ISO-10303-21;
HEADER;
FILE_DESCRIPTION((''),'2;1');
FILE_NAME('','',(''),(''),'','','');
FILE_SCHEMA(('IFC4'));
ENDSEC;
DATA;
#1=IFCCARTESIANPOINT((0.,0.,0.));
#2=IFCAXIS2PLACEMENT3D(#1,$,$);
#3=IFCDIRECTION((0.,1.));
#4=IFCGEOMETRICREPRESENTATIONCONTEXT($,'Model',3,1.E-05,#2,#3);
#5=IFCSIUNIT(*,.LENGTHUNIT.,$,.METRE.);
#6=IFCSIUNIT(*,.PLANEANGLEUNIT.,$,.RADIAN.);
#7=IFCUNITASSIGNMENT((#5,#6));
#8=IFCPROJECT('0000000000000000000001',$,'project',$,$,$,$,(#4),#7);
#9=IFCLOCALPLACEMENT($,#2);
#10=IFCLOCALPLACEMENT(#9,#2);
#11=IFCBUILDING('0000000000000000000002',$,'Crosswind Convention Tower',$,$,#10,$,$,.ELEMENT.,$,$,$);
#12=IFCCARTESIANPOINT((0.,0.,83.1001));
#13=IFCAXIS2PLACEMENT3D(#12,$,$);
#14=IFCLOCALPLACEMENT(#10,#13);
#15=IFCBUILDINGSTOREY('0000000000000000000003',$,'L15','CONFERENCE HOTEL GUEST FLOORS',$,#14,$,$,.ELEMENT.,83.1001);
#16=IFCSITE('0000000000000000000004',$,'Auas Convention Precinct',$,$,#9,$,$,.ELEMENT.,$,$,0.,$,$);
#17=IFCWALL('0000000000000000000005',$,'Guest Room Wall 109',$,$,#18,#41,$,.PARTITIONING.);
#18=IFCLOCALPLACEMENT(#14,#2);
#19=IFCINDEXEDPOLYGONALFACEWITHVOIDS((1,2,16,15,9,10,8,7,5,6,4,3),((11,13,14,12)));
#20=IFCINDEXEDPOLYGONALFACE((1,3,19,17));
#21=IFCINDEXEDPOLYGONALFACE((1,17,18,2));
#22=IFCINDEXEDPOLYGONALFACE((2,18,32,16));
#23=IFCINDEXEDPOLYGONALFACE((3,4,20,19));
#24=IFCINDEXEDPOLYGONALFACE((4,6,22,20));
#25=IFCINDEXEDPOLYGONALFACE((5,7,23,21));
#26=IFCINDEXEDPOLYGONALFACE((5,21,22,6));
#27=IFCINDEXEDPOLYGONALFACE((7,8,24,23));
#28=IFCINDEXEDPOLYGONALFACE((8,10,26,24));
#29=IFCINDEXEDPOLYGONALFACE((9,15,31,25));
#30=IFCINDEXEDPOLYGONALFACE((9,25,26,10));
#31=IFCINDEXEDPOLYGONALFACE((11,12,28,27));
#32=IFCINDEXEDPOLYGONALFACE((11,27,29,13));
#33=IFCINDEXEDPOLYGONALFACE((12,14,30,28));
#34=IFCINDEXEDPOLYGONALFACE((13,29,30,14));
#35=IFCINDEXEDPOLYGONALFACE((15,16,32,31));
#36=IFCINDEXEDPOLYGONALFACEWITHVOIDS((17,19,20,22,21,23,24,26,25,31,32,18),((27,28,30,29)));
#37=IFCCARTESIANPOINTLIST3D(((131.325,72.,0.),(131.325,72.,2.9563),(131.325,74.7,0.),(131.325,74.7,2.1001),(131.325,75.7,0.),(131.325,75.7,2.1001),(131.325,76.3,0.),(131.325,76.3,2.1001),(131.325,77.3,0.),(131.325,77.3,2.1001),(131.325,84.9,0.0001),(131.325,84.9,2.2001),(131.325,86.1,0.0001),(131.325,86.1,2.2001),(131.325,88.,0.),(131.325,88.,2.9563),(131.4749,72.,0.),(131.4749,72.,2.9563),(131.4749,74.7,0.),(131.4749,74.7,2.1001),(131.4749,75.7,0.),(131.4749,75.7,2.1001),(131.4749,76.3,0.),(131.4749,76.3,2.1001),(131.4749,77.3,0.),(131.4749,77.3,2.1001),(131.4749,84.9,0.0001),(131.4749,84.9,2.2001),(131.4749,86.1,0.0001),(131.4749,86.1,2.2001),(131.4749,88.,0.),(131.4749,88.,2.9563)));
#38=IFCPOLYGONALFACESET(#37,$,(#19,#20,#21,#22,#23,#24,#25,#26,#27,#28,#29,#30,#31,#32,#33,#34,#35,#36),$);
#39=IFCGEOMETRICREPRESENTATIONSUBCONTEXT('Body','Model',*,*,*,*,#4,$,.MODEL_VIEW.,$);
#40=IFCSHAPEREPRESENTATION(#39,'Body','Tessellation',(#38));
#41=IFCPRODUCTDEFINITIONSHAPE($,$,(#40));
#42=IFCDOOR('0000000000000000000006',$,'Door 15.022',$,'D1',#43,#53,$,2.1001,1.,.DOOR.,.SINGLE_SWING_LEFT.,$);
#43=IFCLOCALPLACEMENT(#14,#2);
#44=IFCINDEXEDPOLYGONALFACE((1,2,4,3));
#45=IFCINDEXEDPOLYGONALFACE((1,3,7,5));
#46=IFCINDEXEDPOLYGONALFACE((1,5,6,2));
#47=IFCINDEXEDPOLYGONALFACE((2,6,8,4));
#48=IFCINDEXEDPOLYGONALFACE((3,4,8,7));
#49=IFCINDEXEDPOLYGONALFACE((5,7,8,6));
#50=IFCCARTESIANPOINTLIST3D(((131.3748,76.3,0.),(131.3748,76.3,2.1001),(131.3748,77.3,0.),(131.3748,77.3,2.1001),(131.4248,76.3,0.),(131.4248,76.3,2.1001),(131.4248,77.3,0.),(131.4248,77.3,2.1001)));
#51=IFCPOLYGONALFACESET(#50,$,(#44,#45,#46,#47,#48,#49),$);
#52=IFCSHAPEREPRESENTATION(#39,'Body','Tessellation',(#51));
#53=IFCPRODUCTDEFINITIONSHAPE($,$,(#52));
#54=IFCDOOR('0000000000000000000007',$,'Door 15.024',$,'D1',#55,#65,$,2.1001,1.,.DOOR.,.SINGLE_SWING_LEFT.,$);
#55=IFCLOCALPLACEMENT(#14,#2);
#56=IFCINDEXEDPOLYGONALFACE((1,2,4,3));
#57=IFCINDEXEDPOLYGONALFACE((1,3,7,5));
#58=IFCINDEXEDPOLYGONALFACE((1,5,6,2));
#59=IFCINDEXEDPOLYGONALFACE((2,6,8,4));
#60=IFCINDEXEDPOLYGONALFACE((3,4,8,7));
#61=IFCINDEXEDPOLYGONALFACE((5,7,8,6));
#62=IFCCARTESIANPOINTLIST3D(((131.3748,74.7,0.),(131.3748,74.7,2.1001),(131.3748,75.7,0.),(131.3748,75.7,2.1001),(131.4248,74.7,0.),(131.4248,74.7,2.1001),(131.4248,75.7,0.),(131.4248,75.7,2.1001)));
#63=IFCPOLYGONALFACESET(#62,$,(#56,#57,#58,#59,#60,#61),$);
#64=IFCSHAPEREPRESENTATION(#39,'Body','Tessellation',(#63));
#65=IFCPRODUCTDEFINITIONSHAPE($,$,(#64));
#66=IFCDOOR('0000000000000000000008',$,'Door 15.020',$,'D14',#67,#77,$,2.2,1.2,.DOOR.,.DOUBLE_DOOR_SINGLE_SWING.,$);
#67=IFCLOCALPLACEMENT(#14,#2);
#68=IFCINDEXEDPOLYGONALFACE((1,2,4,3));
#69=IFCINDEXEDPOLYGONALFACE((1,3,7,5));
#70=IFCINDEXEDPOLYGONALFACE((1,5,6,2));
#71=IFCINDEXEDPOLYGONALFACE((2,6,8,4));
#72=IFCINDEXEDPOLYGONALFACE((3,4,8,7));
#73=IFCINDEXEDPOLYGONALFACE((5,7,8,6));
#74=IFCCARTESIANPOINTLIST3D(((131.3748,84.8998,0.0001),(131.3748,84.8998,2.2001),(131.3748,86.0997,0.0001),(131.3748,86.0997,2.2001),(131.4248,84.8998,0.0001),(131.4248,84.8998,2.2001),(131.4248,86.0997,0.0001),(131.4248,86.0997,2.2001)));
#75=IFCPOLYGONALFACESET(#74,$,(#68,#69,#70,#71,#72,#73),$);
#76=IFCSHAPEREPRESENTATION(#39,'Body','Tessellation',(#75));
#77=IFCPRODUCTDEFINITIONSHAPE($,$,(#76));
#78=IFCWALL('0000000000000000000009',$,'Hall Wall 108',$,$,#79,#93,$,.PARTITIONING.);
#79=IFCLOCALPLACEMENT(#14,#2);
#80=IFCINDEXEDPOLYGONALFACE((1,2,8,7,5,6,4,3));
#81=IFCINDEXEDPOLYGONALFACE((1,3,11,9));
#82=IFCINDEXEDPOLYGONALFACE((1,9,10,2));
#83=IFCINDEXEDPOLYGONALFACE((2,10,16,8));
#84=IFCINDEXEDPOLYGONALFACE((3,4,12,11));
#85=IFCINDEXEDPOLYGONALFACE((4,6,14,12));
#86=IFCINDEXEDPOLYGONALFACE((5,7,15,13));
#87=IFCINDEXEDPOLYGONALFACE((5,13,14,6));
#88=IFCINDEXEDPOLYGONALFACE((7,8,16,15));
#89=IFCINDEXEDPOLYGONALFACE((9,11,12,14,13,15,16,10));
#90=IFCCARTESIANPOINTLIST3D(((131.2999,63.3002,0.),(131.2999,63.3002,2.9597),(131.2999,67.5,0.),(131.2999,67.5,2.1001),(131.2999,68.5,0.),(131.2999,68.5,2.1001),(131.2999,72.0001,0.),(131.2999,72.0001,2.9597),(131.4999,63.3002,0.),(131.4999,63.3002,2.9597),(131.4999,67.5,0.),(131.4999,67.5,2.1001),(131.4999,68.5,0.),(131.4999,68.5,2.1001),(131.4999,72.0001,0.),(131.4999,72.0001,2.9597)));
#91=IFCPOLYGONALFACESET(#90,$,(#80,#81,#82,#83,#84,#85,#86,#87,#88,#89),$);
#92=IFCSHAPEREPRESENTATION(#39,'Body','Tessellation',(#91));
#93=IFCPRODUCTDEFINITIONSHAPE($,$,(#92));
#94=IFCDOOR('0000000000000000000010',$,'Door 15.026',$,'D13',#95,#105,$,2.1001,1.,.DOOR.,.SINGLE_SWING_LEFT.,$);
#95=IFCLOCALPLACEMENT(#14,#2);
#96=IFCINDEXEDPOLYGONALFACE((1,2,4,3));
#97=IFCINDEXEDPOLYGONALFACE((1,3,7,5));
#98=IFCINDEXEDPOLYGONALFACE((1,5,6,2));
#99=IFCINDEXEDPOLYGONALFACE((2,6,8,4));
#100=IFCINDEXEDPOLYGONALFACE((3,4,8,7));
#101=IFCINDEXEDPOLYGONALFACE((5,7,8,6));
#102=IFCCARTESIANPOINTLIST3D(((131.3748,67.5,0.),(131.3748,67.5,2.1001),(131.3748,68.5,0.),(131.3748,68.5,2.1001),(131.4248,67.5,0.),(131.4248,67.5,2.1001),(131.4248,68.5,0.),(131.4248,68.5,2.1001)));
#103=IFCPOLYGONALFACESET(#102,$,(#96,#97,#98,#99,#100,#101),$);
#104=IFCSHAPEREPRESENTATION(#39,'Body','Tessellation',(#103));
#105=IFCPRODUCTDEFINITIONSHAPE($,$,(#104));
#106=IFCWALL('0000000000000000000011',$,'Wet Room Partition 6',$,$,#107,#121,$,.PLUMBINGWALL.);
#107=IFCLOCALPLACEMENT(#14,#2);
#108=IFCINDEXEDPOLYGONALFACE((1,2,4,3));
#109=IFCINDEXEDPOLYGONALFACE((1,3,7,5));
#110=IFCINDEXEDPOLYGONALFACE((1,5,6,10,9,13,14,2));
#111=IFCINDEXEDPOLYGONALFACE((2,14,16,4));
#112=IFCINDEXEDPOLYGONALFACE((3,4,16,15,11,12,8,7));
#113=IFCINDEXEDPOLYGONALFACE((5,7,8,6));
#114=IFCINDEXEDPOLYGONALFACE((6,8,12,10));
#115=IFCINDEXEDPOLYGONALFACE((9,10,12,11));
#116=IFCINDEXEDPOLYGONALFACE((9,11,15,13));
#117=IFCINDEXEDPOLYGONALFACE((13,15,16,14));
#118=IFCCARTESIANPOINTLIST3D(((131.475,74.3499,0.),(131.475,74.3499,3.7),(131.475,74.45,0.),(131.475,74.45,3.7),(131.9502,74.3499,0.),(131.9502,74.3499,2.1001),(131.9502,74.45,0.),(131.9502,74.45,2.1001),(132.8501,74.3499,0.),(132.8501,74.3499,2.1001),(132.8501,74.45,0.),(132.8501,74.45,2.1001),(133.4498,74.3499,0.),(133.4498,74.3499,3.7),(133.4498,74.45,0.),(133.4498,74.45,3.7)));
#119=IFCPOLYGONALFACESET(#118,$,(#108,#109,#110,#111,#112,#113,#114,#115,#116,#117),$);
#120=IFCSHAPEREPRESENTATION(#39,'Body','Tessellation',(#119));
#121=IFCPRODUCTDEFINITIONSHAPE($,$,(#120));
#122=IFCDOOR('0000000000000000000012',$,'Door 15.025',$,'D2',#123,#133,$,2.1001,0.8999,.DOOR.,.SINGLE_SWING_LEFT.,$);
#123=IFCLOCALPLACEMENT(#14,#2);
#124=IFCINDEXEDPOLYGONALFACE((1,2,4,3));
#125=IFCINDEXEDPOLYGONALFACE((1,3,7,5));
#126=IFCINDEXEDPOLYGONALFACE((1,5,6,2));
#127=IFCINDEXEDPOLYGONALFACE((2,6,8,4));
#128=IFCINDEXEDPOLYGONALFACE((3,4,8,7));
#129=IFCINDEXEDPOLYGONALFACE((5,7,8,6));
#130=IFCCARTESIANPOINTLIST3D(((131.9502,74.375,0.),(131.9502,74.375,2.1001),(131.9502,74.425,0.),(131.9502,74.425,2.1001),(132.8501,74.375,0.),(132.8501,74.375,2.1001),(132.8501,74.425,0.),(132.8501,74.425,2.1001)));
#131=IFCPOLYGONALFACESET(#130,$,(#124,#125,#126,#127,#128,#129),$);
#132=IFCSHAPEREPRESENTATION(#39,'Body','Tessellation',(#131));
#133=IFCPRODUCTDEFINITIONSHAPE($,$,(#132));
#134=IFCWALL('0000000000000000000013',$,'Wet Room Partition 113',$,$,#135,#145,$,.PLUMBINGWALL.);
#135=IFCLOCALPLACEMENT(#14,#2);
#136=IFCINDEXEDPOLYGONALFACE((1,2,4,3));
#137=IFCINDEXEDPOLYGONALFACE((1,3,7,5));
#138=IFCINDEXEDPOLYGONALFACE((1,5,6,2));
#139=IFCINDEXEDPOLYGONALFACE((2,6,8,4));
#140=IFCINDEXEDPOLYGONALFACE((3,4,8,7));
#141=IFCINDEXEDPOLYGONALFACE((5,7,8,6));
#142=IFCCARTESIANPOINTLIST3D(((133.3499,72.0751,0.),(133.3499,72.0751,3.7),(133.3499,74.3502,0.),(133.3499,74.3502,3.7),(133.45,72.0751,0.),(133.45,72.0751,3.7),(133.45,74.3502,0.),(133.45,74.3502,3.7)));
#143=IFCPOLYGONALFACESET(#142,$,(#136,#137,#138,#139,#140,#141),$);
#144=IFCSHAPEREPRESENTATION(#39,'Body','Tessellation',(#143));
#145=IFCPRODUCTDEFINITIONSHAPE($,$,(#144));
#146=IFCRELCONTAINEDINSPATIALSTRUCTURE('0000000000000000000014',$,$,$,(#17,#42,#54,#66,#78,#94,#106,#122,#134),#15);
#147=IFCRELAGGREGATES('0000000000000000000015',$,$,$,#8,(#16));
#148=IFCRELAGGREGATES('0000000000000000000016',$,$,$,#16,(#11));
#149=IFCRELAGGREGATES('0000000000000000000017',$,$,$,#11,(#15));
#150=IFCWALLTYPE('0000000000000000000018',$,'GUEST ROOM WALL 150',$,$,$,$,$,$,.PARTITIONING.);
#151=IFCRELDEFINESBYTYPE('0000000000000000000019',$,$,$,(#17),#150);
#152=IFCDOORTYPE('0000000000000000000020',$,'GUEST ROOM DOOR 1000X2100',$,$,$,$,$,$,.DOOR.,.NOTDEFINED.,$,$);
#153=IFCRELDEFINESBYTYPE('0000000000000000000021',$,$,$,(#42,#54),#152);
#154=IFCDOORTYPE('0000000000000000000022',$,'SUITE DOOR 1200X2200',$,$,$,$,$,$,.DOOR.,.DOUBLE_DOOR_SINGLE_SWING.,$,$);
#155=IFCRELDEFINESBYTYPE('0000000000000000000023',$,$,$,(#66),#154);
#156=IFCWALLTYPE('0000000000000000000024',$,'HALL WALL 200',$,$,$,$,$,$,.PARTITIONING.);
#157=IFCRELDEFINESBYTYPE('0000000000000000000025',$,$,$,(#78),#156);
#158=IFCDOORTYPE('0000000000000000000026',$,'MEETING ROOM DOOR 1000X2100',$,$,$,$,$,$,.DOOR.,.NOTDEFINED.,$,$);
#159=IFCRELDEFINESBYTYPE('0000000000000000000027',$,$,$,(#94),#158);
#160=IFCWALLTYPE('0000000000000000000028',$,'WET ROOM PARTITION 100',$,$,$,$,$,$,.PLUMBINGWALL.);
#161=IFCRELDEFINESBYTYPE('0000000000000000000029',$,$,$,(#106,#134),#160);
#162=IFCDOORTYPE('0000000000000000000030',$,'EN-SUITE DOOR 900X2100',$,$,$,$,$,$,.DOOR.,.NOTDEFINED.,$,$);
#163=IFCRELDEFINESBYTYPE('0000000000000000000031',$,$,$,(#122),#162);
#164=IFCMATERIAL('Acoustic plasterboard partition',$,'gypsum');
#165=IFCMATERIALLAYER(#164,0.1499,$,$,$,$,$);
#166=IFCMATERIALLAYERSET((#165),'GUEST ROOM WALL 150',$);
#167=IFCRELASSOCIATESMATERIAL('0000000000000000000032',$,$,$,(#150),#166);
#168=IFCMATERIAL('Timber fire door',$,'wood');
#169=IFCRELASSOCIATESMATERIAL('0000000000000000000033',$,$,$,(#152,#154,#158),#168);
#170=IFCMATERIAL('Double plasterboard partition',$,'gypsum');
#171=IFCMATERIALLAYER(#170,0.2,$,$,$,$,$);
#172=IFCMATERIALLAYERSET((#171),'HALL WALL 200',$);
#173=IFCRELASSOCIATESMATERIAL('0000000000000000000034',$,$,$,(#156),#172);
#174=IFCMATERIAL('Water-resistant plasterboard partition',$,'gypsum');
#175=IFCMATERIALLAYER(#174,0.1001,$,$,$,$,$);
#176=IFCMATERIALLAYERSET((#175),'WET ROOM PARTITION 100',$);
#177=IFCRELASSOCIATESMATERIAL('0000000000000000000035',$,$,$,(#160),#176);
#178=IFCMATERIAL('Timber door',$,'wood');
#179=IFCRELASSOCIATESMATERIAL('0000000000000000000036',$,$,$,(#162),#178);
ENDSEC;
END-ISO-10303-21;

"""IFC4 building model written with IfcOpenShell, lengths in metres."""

from ifc_helpers import new_model, si_unit, direction, frame, frame_2d, origin, place, context, subcontext, project, spatial, rectangle, extrude, material, layer, layer_set, type_object, element, fill, save


model = new_model("IFC4")

# Units and contexts
model_context = context("Model", 3, precision=1e-05, world=origin(), true_north=direction((0.0, 1.0)))
body_context = subcontext(model_context, "Body", "Model", "MODEL_VIEW")
ifc_project = project(units=[si_unit("LENGTHUNIT", "METRE"), si_unit("PLANEANGLEUNIT", "RADIAN")], contexts=[model_context])

# Site, building, storey
site_placement = place(None, origin())
site = spatial("IfcSite", under=ifc_project, at=site_placement, Name="Auas Convention Precinct", CompositionType="ELEMENT", RefElevation=0.0)
building_placement = place(site_placement, origin())
building = spatial("IfcBuilding", under=site, at=building_placement, Name="Crosswind Convention Tower", CompositionType="ELEMENT")
storey_placement = place(building_placement, frame((0.0, 0.0, 83.1001)))
storey = spatial("IfcBuildingStorey", under=building, at=storey_placement, Name="L15", Description="CONFERENCE HOTEL GUEST FLOORS", CompositionType="ELEMENT", Elevation=83.1001)

# Shared definitions
ifc_material_1 = material(Name="Acoustic plasterboard partition", Category="gypsum")
ifc_layer_1 = layer(ifc_material_1, 0.1499)
ifc_layer_set_1 = layer_set([ifc_layer_1], Name="GUEST ROOM WALL 150")
wall_type_1 = type_object("IfcWallType", Name="GUEST ROOM WALL 150", PredefinedType="PARTITIONING", material=ifc_layer_set_1)

# Wall, openings, doors
wall_1_placement = place(storey_placement, frame((131.3999, 72.0, 0.0), z_axis=(0.0, 0.0, 1.0), x_axis=(0.0, 1.0, 0.0)))
wall_1 = element("IfcWall", 1, at=wall_1_placement, inside=storey, type_object=wall_type_1, Name="Guest Room Wall 109", PredefinedType="PARTITIONING", context=body_context, shape_type="SweptSolid", body=[
    extrude(rectangle(XDim=16.0, YDim=0.1499, at=frame_2d((8.0, 0.0))), origin(), (0.0, 0.0, 1.0), 2.9563),
])
opening_1_placement = place(wall_1_placement, frame((12.8999, 0.0, 0.0)))
opening_1 = element("IfcOpeningElement", 2, at=opening_1_placement, cuts=wall_1, PredefinedType="OPENING", context=body_context, shape_type="SweptSolid", body=[
    extrude(rectangle(XDim=1.2, YDim=2.2, at=frame_2d((0.6001, 1.1001))), frame((0.0, 0.085, 0.0), z_axis=(0.0, -1.0, 0.0), x_axis=(1.0, 0.0, 0.0)), (0.0, 0.0, 1.0), 0.1699),
])
opening_2_placement = place(wall_1_placement, frame((4.3, 0.0, 0.0)))
opening_2 = element("IfcOpeningElement", 3, at=opening_2_placement, cuts=wall_1, PredefinedType="OPENING", context=body_context, shape_type="SweptSolid", body=[
    extrude(rectangle(XDim=1.0, YDim=2.1001, at=frame_2d((0.5, 1.05))), frame((0.0, 0.085, 0.0), z_axis=(0.0, -1.0, 0.0), x_axis=(1.0, 0.0, 0.0)), (0.0, 0.0, 1.0), 0.1699),
])
opening_3_placement = place(wall_1_placement, frame((2.7, 0.0, 0.0)))
opening_3 = element("IfcOpeningElement", 4, at=opening_3_placement, cuts=wall_1, PredefinedType="OPENING", context=body_context, shape_type="SweptSolid", body=[
    extrude(rectangle(XDim=1.0, YDim=2.1001, at=frame_2d((0.5, 1.05))), frame((0.0, 0.085, 0.0), z_axis=(0.0, -1.0, 0.0), x_axis=(1.0, 0.0, 0.0)), (0.0, 0.0, 1.0), 0.1699),
])
ifc_material_2 = material(Name="Timber fire door", Category="wood")
door_type_1 = type_object("IfcDoorType", Name="GUEST ROOM DOOR 1000X2100", OperationType="NOTDEFINED", PredefinedType="DOOR", material=ifc_material_2)
door_1_placement = place(opening_2_placement, frame((1.0, 0.0, 0.0), z_axis=(0.0, 0.0, 1.0), x_axis=(-1.0, 0.0, 0.0)))
door_1 = element("IfcDoor", 5, at=door_1_placement, inside=storey, type_object=door_type_1, Name="Door 15.022", ObjectType="D1", OperationType="SINGLE_SWING_LEFT", OverallHeight=2.1001, OverallWidth=1.0, PredefinedType="DOOR", context=body_context, shape_type="SweptSolid", body=[
    extrude(rectangle(XDim=1.0, YDim=2.1001, at=frame_2d((0.5, 1.05))), frame((0.0, 0.0249, 0.0), z_axis=(0.0, -1.0, 0.0), x_axis=(1.0, 0.0, 0.0)), (0.0, 0.0, 1.0), 0.05),
])
fill(opening_2, door_1)
door_2_placement = place(opening_3_placement, frame((1.0, 0.0, 0.0), z_axis=(0.0, 0.0, 1.0), x_axis=(-1.0, 0.0, 0.0)))
door_2 = element("IfcDoor", 6, at=door_2_placement, inside=storey, type_object=door_type_1, Name="Door 15.024", ObjectType="D1", OperationType="SINGLE_SWING_LEFT", OverallHeight=2.1001, OverallWidth=1.0, PredefinedType="DOOR", context=body_context, shape_type="SweptSolid", body=[
    extrude(rectangle(XDim=1.0, YDim=2.1001, at=frame_2d((0.5, 1.05))), frame((0.0, 0.0249, 0.0), z_axis=(0.0, -1.0, 0.0), x_axis=(1.0, 0.0, 0.0)), (0.0, 0.0, 1.0), 0.05),
])
fill(opening_3, door_2)
door_type_2 = type_object("IfcDoorType", Name="SUITE DOOR 1200X2200", OperationType="DOUBLE_DOOR_SINGLE_SWING", PredefinedType="DOOR", material=ifc_material_2)
door_3_placement = place(opening_1_placement, frame((1.2, 0.0, 0.0), z_axis=(0.0, 0.0, 1.0), x_axis=(-1.0, 0.0, 0.0)))
door_3 = element("IfcDoor", 7, at=door_3_placement, inside=storey, type_object=door_type_2, Name="Door 15.020", ObjectType="D14", OperationType="DOUBLE_DOOR_SINGLE_SWING", OverallHeight=2.2, OverallWidth=1.2, PredefinedType="DOOR", context=body_context, shape_type="SweptSolid", body=[
    extrude(rectangle(XDim=1.2, YDim=2.2, at=frame_2d((0.6001, 1.1001))), frame((0.0, 0.0249, 0.0), z_axis=(0.0, -1.0, 0.0), x_axis=(1.0, 0.0, 0.0)), (0.0, 0.0, 1.0), 0.05),
])
fill(opening_1, door_3)

# Walls, openings, doors
ifc_material_3 = material(Name="Double plasterboard partition", Category="gypsum")
ifc_layer_2 = layer(ifc_material_3, 0.2)
ifc_layer_set_2 = layer_set([ifc_layer_2], Name="HALL WALL 200")
wall_type_2 = type_object("IfcWallType", Name="HALL WALL 200", PredefinedType="PARTITIONING", material=ifc_layer_set_2)
wall_2_placement = place(storey_placement, frame((131.3999, 63.3, 0.0), z_axis=(0.0, 0.0, 1.0), x_axis=(0.0, 1.0, 0.0)))
wall_2 = element("IfcWall", 8, at=wall_2_placement, inside=storey, type_object=wall_type_2, Name="Hall Wall 108", PredefinedType="PARTITIONING", context=body_context, shape_type="SweptSolid", body=[
    extrude(rectangle(XDim=8.7, YDim=0.2, at=frame_2d((4.3501, 0.0))), origin(), (0.0, 0.0, 1.0), 2.9597),
])
opening_4_placement = place(wall_2_placement, frame((4.2, 0.0, 0.0)))
opening_4 = element("IfcOpeningElement", 9, at=opening_4_placement, cuts=wall_2, PredefinedType="OPENING", context=body_context, shape_type="SweptSolid", body=[
    extrude(rectangle(XDim=1.0, YDim=2.1001, at=frame_2d((0.5, 1.05))), frame((0.0, 0.1099, 0.0), z_axis=(0.0, -1.0, 0.0), x_axis=(1.0, 0.0, 0.0)), (0.0, 0.0, 1.0), 0.22),
])
door_type_3 = type_object("IfcDoorType", Name="MEETING ROOM DOOR 1000X2100", OperationType="NOTDEFINED", PredefinedType="DOOR", material=ifc_material_2)
door_4_placement = place(opening_4_placement, frame((1.0, 0.0, 0.0), z_axis=(0.0, 0.0, 1.0), x_axis=(-1.0, 0.0, 0.0)))
door_4 = element("IfcDoor", 10, at=door_4_placement, inside=storey, type_object=door_type_3, Name="Door 15.026", ObjectType="D13", OperationType="SINGLE_SWING_LEFT", OverallHeight=2.1001, OverallWidth=1.0, PredefinedType="DOOR", context=body_context, shape_type="SweptSolid", body=[
    extrude(rectangle(XDim=1.0, YDim=2.1001, at=frame_2d((0.5, 1.05))), frame((0.0, 0.0249, 0.0), z_axis=(0.0, -1.0, 0.0), x_axis=(1.0, 0.0, 0.0)), (0.0, 0.0, 1.0), 0.05),
])
fill(opening_4, door_4)
ifc_material_4 = material(Name="Water-resistant plasterboard partition", Category="gypsum")
ifc_layer_3 = layer(ifc_material_4, 0.1001)
ifc_layer_set_3 = layer_set([ifc_layer_3], Name="WET ROOM PARTITION 100")
wall_type_3 = type_object("IfcWallType", Name="WET ROOM PARTITION 100", PredefinedType="PLUMBINGWALL", material=ifc_layer_set_3)
wall_3_placement = place(storey_placement, frame((131.4751, 74.3999, 0.0), z_axis=(0.0, 0.0, 1.0), x_axis=(1.0, 0.0, 0.0)))
wall_3 = element("IfcWall", 11, at=wall_3_placement, inside=storey, type_object=wall_type_3, Name="Wet Room Partition 6", PredefinedType="PLUMBINGWALL", context=body_context, shape_type="SweptSolid", body=[
    extrude(rectangle(XDim=1.9749, YDim=0.1001, at=frame_2d((0.9873, 0.0))), origin(), (0.0, 0.0, 1.0), 3.7),
])
opening_5_placement = place(wall_3_placement, frame((0.4751, 0.0, 0.0)))
opening_5 = element("IfcOpeningElement", 12, at=opening_5_placement, cuts=wall_3, PredefinedType="OPENING", context=body_context, shape_type="SweptSolid", body=[
    extrude(rectangle(XDim=0.8999, YDim=2.1001, at=frame_2d((0.45, 1.05))), frame((0.0, 0.0601, 0.0), z_axis=(0.0, -1.0, 0.0), x_axis=(1.0, 0.0, 0.0)), (0.0, 0.0, 1.0), 0.1201),
])
ifc_material_5 = material(Name="Timber door", Category="wood")
door_type_4 = type_object("IfcDoorType", Name="EN-SUITE DOOR 900X2100", OperationType="NOTDEFINED", PredefinedType="DOOR", material=ifc_material_5)
door_5_placement = place(opening_5_placement, frame((0.8999, 0.0, 0.0), z_axis=(0.0, 0.0, 1.0), x_axis=(-1.0, 0.0, 0.0)))
door_5 = element("IfcDoor", 13, at=door_5_placement, inside=storey, type_object=door_type_4, Name="Door 15.025", ObjectType="D2", OperationType="SINGLE_SWING_LEFT", OverallHeight=2.1001, OverallWidth=0.8999, PredefinedType="DOOR", context=body_context, shape_type="SweptSolid", body=[
    extrude(rectangle(XDim=0.8999, YDim=2.1001, at=frame_2d((0.45, 1.05))), frame((0.0, 0.0249, 0.0), z_axis=(0.0, -1.0, 0.0), x_axis=(1.0, 0.0, 0.0)), (0.0, 0.0, 1.0), 0.05),
])
fill(opening_5, door_5)

# Wall
wall_4_placement = place(storey_placement, frame((133.3999, 72.075, 0.0), z_axis=(0.0, 0.0, 1.0), x_axis=(0.0, 1.0, 0.0)))
element("IfcWall", 14, at=wall_4_placement, inside=storey, type_object=wall_type_3, Name="Wet Room Partition 113", PredefinedType="PLUMBINGWALL", context=body_context, shape_type="SweptSolid", body=[
    extrude(rectangle(XDim=2.2751, YDim=0.1001, at=frame_2d((1.1377, 0.0))), origin(), (0.0, 0.0, 1.0), 3.7),
])

save(model, "model.ifc")
